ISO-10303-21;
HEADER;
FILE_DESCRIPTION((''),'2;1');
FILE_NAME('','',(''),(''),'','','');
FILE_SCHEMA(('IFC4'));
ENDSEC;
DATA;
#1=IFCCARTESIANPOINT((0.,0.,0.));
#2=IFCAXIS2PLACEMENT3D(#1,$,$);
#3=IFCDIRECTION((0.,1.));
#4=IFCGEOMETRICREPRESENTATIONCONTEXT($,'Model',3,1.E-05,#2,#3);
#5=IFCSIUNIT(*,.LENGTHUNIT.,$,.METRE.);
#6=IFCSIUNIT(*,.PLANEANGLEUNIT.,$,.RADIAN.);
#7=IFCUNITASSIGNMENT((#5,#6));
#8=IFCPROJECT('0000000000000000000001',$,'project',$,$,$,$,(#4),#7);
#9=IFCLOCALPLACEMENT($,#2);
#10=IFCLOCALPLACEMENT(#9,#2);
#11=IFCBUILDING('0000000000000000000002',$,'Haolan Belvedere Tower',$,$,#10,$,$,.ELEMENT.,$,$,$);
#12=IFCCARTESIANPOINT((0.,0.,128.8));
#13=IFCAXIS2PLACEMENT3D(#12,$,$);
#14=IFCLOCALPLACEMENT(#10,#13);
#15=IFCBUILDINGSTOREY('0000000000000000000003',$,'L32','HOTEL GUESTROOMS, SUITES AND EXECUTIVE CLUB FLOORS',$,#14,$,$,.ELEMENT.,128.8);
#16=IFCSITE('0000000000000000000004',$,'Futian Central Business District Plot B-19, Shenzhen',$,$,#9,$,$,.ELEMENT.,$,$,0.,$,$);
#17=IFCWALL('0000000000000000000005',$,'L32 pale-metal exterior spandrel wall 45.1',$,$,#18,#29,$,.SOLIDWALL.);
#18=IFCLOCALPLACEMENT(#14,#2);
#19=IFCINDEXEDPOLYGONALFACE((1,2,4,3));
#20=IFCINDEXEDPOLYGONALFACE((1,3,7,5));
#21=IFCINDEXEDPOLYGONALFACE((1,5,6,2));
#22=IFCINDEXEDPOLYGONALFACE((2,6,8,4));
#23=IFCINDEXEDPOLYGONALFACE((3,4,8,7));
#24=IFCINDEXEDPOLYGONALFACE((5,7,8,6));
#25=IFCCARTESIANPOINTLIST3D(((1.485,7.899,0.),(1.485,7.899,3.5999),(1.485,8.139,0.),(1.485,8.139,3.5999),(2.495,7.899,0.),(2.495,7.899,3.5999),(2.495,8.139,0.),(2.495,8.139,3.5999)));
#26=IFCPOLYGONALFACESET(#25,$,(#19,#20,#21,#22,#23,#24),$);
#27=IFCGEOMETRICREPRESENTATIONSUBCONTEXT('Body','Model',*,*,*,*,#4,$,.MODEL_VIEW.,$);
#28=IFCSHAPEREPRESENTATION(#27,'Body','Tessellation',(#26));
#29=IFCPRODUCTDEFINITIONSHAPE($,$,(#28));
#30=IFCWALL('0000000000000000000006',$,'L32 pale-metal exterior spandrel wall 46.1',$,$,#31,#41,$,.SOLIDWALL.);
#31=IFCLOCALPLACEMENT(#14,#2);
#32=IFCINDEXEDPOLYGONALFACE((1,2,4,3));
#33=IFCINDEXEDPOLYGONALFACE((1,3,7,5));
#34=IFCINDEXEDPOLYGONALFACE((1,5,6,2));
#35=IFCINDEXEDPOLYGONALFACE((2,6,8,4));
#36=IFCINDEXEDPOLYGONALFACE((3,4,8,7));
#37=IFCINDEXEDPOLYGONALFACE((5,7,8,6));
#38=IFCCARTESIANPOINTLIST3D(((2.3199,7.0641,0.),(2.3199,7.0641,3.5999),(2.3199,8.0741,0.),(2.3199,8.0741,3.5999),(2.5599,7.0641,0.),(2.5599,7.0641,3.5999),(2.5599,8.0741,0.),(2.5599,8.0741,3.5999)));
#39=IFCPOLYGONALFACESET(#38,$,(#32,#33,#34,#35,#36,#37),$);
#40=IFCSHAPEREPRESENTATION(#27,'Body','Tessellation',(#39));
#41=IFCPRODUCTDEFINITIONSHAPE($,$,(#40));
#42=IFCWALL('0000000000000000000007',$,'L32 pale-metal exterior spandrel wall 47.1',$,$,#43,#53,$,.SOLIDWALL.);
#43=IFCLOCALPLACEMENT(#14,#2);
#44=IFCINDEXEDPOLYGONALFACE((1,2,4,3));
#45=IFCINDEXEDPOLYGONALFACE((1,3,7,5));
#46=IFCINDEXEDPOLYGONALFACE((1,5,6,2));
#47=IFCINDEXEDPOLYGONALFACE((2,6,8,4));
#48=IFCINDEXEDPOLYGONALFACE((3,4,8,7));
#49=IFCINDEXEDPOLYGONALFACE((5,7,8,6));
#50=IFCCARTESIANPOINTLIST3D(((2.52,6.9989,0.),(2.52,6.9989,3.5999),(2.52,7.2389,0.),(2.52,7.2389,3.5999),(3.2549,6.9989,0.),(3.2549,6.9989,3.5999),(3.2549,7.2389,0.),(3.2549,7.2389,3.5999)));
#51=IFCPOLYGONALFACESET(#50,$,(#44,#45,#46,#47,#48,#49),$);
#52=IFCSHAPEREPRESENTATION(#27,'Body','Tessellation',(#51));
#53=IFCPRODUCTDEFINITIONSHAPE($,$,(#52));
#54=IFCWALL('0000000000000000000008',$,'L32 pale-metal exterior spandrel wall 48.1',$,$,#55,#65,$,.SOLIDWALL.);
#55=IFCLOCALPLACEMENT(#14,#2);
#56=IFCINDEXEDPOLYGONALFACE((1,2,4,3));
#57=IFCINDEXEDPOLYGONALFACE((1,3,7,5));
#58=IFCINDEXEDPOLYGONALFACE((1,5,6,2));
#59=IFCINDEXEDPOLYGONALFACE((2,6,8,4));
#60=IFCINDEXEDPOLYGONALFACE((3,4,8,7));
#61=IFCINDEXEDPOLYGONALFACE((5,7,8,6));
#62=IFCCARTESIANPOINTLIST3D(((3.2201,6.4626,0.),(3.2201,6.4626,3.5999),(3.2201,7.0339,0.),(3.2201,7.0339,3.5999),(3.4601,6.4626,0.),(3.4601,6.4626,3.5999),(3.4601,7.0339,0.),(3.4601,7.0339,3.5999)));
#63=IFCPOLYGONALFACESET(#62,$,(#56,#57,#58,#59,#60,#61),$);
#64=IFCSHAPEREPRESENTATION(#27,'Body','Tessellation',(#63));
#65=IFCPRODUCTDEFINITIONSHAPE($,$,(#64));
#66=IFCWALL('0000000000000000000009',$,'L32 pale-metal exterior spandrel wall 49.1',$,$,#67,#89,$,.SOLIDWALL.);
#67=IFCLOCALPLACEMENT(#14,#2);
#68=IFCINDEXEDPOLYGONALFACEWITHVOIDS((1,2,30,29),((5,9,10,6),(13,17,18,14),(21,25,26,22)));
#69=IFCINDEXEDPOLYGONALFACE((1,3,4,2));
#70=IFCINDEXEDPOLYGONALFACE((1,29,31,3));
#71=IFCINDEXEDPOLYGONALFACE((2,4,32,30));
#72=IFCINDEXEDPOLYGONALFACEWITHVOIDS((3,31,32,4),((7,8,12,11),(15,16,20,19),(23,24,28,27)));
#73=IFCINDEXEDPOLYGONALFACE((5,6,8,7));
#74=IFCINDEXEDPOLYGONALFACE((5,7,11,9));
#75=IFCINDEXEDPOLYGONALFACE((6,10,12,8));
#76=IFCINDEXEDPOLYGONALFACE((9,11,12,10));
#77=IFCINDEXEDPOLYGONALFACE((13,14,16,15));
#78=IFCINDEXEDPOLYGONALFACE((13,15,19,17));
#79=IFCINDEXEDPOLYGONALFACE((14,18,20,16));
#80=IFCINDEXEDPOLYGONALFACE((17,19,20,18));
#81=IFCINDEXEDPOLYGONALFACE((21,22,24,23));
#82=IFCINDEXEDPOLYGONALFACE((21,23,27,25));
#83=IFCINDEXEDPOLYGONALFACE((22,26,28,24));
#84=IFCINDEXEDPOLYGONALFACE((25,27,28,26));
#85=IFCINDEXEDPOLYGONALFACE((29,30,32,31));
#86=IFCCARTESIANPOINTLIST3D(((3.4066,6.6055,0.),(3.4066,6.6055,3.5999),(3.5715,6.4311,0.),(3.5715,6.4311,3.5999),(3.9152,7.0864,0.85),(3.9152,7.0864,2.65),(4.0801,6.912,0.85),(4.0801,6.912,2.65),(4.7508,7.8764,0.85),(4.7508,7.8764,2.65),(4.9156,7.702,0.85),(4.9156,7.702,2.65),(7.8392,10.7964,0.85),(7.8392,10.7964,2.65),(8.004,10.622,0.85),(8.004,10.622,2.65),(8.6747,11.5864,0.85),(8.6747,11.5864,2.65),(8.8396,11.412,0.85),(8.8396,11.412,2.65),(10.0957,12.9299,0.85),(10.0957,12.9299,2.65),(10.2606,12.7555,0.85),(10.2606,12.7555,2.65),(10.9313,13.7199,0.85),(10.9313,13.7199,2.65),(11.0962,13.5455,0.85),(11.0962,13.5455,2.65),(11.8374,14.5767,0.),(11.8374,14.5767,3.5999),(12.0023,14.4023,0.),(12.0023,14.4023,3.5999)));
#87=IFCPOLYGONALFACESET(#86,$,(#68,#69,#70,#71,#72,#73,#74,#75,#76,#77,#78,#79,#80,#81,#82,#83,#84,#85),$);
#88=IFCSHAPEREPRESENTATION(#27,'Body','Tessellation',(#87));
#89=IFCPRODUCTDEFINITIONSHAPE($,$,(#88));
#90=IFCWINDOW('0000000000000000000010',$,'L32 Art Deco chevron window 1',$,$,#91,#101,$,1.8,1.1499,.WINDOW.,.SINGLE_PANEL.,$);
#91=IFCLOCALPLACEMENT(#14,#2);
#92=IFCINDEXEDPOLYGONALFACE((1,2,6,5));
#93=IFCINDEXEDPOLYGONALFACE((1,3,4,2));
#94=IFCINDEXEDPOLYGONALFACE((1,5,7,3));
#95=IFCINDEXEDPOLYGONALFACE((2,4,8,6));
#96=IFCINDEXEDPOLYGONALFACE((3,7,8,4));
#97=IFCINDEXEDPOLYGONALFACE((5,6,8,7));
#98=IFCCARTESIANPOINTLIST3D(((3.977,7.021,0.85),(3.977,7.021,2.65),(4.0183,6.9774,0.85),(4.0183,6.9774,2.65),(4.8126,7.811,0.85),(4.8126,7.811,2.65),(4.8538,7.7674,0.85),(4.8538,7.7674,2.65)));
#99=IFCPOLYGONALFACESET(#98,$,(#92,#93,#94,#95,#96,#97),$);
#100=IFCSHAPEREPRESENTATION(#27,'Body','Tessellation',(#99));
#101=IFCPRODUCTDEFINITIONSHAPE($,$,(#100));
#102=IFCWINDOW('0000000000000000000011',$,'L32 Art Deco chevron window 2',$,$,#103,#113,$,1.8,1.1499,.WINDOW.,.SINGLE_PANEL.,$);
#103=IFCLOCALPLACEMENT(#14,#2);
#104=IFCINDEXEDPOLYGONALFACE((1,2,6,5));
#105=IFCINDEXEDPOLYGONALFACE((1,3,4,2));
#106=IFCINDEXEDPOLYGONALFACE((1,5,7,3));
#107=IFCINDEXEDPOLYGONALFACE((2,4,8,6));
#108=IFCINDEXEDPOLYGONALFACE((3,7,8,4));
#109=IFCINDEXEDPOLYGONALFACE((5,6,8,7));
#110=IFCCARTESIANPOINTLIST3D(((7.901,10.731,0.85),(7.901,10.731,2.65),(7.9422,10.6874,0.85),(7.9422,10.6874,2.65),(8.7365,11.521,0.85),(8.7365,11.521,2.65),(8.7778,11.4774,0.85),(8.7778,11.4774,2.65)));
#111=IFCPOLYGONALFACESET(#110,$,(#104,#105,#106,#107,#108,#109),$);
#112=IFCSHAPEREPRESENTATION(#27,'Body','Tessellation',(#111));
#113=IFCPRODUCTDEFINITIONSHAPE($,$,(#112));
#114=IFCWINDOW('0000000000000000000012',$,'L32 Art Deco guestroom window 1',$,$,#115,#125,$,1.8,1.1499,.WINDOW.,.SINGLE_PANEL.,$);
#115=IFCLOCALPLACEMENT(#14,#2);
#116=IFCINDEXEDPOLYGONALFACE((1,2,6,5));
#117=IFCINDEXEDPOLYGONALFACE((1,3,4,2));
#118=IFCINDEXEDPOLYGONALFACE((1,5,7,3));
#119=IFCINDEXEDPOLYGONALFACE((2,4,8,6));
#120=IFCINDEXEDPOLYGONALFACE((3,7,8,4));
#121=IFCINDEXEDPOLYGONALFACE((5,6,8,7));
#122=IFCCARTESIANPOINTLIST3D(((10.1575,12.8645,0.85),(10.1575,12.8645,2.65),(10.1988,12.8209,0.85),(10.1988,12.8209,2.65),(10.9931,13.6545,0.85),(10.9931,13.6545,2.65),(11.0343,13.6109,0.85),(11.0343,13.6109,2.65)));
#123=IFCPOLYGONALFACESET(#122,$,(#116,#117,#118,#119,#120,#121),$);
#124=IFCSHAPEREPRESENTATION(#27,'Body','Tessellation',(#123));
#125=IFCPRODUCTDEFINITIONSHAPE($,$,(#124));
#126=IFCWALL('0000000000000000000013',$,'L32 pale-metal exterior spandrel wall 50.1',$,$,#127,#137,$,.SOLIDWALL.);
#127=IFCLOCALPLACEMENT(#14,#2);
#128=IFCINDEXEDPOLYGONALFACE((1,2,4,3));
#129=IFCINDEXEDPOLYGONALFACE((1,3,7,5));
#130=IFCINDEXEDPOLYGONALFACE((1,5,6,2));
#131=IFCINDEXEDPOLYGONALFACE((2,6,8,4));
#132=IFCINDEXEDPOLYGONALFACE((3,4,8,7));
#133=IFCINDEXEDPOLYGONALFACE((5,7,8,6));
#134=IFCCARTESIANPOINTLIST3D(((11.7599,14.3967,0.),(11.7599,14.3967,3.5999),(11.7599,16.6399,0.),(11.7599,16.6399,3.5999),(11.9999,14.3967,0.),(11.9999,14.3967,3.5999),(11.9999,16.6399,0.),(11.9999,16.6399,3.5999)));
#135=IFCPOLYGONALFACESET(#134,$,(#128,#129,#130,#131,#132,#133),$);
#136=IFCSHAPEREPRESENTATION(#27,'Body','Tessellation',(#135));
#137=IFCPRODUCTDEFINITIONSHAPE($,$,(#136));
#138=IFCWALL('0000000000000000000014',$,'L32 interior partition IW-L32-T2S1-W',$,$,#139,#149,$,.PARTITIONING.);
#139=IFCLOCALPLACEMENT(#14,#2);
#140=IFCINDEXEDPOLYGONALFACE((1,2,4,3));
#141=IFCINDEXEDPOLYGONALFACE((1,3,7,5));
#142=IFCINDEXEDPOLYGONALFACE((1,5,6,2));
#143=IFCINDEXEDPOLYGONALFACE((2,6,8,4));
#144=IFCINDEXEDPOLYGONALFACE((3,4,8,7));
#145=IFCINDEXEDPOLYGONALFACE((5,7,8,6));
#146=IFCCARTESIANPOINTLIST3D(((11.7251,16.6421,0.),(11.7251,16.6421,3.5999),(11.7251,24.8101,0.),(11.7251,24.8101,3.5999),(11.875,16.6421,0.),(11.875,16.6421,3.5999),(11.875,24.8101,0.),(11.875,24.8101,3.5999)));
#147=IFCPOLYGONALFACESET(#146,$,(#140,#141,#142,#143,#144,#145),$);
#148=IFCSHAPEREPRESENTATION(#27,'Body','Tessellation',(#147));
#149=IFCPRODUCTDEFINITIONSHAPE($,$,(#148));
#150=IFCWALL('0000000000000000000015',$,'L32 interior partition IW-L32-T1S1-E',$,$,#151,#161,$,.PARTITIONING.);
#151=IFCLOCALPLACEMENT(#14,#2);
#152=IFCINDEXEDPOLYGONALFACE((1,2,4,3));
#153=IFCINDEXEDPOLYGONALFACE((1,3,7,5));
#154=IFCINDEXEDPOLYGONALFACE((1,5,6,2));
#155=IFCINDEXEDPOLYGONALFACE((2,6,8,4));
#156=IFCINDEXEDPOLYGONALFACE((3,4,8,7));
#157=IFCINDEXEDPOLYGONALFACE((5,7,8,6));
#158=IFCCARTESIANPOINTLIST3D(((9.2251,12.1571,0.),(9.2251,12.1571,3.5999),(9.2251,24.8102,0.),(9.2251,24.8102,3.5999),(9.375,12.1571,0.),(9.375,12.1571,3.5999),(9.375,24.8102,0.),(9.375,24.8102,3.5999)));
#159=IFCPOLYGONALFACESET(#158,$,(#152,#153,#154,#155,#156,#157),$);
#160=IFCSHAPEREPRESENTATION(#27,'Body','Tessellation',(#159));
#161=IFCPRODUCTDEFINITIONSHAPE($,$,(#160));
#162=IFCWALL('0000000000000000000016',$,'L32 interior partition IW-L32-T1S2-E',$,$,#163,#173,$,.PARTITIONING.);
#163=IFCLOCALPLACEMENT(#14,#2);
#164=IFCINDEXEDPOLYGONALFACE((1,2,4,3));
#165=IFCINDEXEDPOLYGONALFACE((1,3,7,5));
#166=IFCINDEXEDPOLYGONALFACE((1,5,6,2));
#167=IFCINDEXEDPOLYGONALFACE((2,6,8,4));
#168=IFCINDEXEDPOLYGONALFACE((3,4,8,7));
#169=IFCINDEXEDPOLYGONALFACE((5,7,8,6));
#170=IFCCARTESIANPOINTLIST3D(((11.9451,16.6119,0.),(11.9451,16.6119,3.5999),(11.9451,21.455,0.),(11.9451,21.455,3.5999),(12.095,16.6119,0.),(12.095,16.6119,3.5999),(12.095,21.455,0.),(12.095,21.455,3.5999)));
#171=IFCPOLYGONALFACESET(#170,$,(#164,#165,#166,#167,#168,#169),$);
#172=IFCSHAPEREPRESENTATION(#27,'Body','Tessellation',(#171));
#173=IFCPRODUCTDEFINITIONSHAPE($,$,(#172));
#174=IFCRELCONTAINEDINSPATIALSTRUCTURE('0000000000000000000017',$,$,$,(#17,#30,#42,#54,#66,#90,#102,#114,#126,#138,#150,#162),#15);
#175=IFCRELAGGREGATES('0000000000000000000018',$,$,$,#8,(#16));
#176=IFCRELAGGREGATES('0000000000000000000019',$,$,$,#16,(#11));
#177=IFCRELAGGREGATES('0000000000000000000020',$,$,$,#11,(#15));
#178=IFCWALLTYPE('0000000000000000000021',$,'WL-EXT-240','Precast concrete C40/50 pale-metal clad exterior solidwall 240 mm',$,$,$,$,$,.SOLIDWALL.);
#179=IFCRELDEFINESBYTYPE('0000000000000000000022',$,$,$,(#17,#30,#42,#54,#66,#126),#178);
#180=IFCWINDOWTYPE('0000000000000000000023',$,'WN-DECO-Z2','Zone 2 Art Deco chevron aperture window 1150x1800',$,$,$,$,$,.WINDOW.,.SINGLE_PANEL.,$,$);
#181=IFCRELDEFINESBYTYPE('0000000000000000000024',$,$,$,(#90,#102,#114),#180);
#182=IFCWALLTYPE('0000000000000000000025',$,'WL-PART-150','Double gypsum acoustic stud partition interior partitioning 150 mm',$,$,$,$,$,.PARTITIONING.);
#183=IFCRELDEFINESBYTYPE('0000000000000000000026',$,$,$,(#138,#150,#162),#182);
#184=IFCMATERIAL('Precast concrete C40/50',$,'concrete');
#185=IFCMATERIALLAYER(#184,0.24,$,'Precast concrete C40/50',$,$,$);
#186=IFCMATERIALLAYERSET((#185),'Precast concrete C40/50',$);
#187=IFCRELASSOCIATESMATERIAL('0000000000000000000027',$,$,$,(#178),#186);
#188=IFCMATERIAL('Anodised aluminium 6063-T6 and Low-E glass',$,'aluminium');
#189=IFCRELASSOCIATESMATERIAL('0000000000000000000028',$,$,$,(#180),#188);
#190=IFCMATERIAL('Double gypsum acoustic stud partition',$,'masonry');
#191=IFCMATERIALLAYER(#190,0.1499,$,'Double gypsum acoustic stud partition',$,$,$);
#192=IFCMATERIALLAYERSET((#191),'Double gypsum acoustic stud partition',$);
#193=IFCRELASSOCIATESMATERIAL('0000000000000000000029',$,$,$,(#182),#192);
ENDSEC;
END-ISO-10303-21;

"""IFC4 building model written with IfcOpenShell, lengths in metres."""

from ifc_helpers import new_model, si_unit, direction, frame, frame_2d, origin, place, context, subcontext, project, spatial, rectangle, extrude, material, layer, layer_set, type_object, element, fill, save


model = new_model("IFC4")

# Units and contexts
model_context = context("Model", 3, precision=1e-05, world=origin(), true_north=direction((0.0, 1.0)))
body_context = subcontext(model_context, "Body", "Model", "MODEL_VIEW")
ifc_project = project(units=[si_unit("LENGTHUNIT", "METRE"), si_unit("PLANEANGLEUNIT", "RADIAN")], contexts=[model_context])

# Site, building, storey
site_placement = place(None, origin())
site = spatial("IfcSite", under=ifc_project, at=site_placement, Name="Futian Central Business District Plot B-19, Shenzhen", CompositionType="ELEMENT", RefElevation=0.0)
building_placement = place(site_placement, origin())
building = spatial("IfcBuilding", under=site, at=building_placement, Name="Haolan Belvedere Tower", CompositionType="ELEMENT")
storey_placement = place(building_placement, frame((0.0, 0.0, 128.8)))
storey = spatial("IfcBuildingStorey", under=building, at=storey_placement, Name="L32", Description="HOTEL GUESTROOMS, SUITES AND EXECUTIVE CLUB FLOORS", CompositionType="ELEMENT", Elevation=128.8)

# Walls
ifc_material_1 = material(Name="Precast concrete C40/50", Category="concrete")
ifc_layer_1 = layer(ifc_material_1, 0.24, Name="Precast concrete C40/50")
ifc_layer_set_1 = layer_set([ifc_layer_1], Name="Precast concrete C40/50")
wall_type_1 = type_object("IfcWallType", Name="WL-EXT-240", Description="Precast concrete C40/50 pale-metal clad exterior solidwall 240 mm", PredefinedType="SOLIDWALL", material=ifc_layer_set_1)
for number, where, z_axis, x_axis, name in (
    (1, (1.4851, 8.019, 0.0), (0.0, 0.0, 1.0), (1.0, 0.0, 0.0), "L32 pale-metal exterior spandrel wall 45.1"),
    (2, (2.4399, 8.074, 0.0), (0.0, 0.0, 1.0), (0.0, -1.0, 0.0), "L32 pale-metal exterior spandrel wall 46.1"),
):
    element("IfcWall", number, at=place(storey_placement, frame(where, z_axis=z_axis, x_axis=x_axis)), inside=storey, type_object=wall_type_1, Name=name, PredefinedType="SOLIDWALL", context=body_context, shape_type="SweptSolid", body=[
        extrude(rectangle(XDim=1.01, YDim=0.24, at=frame_2d((0.5049, 0.0))), origin(), (0.0, 0.0, 1.0), 3.5999),
    ])
wall_1_placement = place(storey_placement, frame((2.52, 7.1189, 0.0), z_axis=(0.0, 0.0, 1.0), x_axis=(1.0, 0.0, 0.0)))
element("IfcWall", 3, at=wall_1_placement, inside=storey, type_object=wall_type_1, Name="L32 pale-metal exterior spandrel wall 47.1", PredefinedType="SOLIDWALL", context=body_context, shape_type="SweptSolid", body=[
    extrude(rectangle(XDim=0.7349, YDim=0.24, at=frame_2d((0.3674, 0.0))), origin(), (0.0, 0.0, 1.0), 3.5999),
])
wall_2_placement = place(storey_placement, frame((3.3401, 7.0339, 0.0), z_axis=(0.0, 0.0, 1.0), x_axis=(0.0, -1.0, 0.0)))
element("IfcWall", 4, at=wall_2_placement, inside=storey, type_object=wall_type_1, Name="L32 pale-metal exterior spandrel wall 48.1", PredefinedType="SOLIDWALL", context=body_context, shape_type="SweptSolid", body=[
    extrude(rectangle(XDim=0.5713, YDim=0.24, at=frame_2d((0.2856, 0.0))), origin(), (0.0, 0.0, 1.0), 3.5999),
])

# Wall, openings, windows
wall_3_placement = place(storey_placement, frame((3.489, 6.5183, 0.0), z_axis=(0.0, 0.0, 1.0), x_axis=(0.72664, 0.687018, 0.0)))
wall_3 = element("IfcWall", 5, at=wall_3_placement, inside=storey, type_object=wall_type_1, Name="L32 pale-metal exterior spandrel wall 49.1", PredefinedType="SOLIDWALL", context=body_context, shape_type="SweptSolid", body=[
    extrude(rectangle(XDim=11.6025, YDim=0.24, at=frame_2d((5.8013, 0.0))), origin(), (0.0, 0.0, 1.0), 3.5999),
])
opening_1_placement = place(wall_3_placement, frame((0.7, 0.0, 0.8501)))
opening_1 = element("IfcOpeningElement", 6, at=opening_1_placement, cuts=wall_3, PredefinedType="OPENING", context=body_context, shape_type="SweptSolid", body=[
    extrude(rectangle(XDim=1.1499, YDim=1.8, at=frame_2d((0.575, 0.8999))), frame((0.0, 0.1299, 0.0), z_axis=(0.0, -1.0, 0.0), x_axis=(1.0, 0.0, 0.0)), (0.0, 0.0, 1.0), 0.26),
])
opening_2_placement = place(wall_3_placement, frame((6.1001, 0.0, 0.8501)))
opening_2 = element("IfcOpeningElement", 7, at=opening_2_placement, cuts=wall_3, PredefinedType="OPENING", context=body_context, shape_type="SweptSolid", body=[
    extrude(rectangle(XDim=1.1499, YDim=1.8, at=frame_2d((0.575, 0.8999))), frame((0.0, 0.1299, 0.0), z_axis=(0.0, -1.0, 0.0), x_axis=(1.0, 0.0, 0.0)), (0.0, 0.0, 1.0), 0.26),
])
opening_3_placement = place(wall_3_placement, frame((9.2056, 0.0, 0.8501)))
opening_3 = element("IfcOpeningElement", 8, at=opening_3_placement, cuts=wall_3, PredefinedType="OPENING", context=body_context, shape_type="SweptSolid", body=[
    extrude(rectangle(XDim=1.1499, YDim=1.8, at=frame_2d((0.575, 0.8999))), frame((0.0, 0.1299, 0.0), z_axis=(0.0, -1.0, 0.0), x_axis=(1.0, 0.0, 0.0)), (0.0, 0.0, 1.0), 0.26),
])
ifc_material_2 = material(Name="Anodised aluminium 6063-T6 and Low-E glass", Category="aluminium")
window_type = type_object("IfcWindowType", Name="WN-DECO-Z2", Description="Zone 2 Art Deco chevron aperture window 1150x1800", PartitioningType="SINGLE_PANEL", PredefinedType="WINDOW", material=ifc_material_2)
window_1_placement = place(opening_1_placement, origin())
window_1 = element("IfcWindow", 9, at=window_1_placement, inside=storey, type_object=window_type, Name="L32 Art Deco chevron window 1", OverallHeight=1.8, OverallWidth=1.1499, PartitioningType="SINGLE_PANEL", PredefinedType="WINDOW", context=body_context, shape_type="SweptSolid", body=[
    extrude(rectangle(XDim=1.1499, YDim=1.8, at=frame_2d((0.575, 0.8999))), frame((0.0, 0.03, 0.0), z_axis=(0.0, -1.0, 0.0), x_axis=(1.0, 0.0, 0.0)), (0.0, 0.0, 1.0), 0.0601),
])
fill(opening_1, window_1)
window_2_placement = place(opening_2_placement, origin())
window_2 = element("IfcWindow", 10, at=window_2_placement, inside=storey, type_object=window_type, Name="L32 Art Deco chevron window 2", OverallHeight=1.8, OverallWidth=1.1499, PartitioningType="SINGLE_PANEL", PredefinedType="WINDOW", context=body_context, shape_type="SweptSolid", body=[
    extrude(rectangle(XDim=1.1499, YDim=1.8, at=frame_2d((0.575, 0.8999))), frame((0.0, 0.03, 0.0), z_axis=(0.0, -1.0, 0.0), x_axis=(1.0, 0.0, 0.0)), (0.0, 0.0, 1.0), 0.0601),
])
fill(opening_2, window_2)
window_3_placement = place(opening_3_placement, origin())
window_3 = element("IfcWindow", 11, at=window_3_placement, inside=storey, type_object=window_type, Name="L32 Art Deco guestroom window 1", OverallHeight=1.8, OverallWidth=1.1499, PartitioningType="SINGLE_PANEL", PredefinedType="WINDOW", context=body_context, shape_type="SweptSolid", body=[
    extrude(rectangle(XDim=1.1499, YDim=1.8, at=frame_2d((0.575, 0.8999))), frame((0.0, 0.03, 0.0), z_axis=(0.0, -1.0, 0.0), x_axis=(1.0, 0.0, 0.0)), (0.0, 0.0, 1.0), 0.0601),
])
fill(opening_3, window_3)

# Walls
wall_4_placement = place(storey_placement, frame((11.8799, 14.3967, 0.0), z_axis=(0.0, 0.0, 1.0), x_axis=(0.0, 1.0, 0.0)))
element("IfcWall", 12, at=wall_4_placement, inside=storey, type_object=wall_type_1, Name="L32 pale-metal exterior spandrel wall 50.1", PredefinedType="SOLIDWALL", context=body_context, shape_type="SweptSolid", body=[
    extrude(rectangle(XDim=2.2432, YDim=0.24, at=frame_2d((1.1216, 0.0))), origin(), (0.0, 0.0, 1.0), 3.5999),
])
ifc_material_3 = material(Name="Double gypsum acoustic stud partition", Category="masonry")
ifc_layer_2 = layer(ifc_material_3, 0.1499, Name="Double gypsum acoustic stud partition")
ifc_layer_set_2 = layer_set([ifc_layer_2], Name="Double gypsum acoustic stud partition")
wall_type_2 = type_object("IfcWallType", Name="WL-PART-150", Description="Double gypsum acoustic stud partition interior partitioning 150 mm", PredefinedType="PARTITIONING", material=ifc_layer_set_2)
wall_5_placement = place(storey_placement, frame((11.8, 16.6421, 0.0), z_axis=(0.0, 0.0, 1.0), x_axis=(0.0, 1.0, 0.0)))
element("IfcWall", 13, at=wall_5_placement, inside=storey, type_object=wall_type_2, Name="L32 interior partition IW-L32-T2S1-W", PredefinedType="PARTITIONING", context=body_context, shape_type="SweptSolid", body=[
    extrude(rectangle(XDim=8.168, YDim=0.1499, at=frame_2d((4.084, 0.0))), origin(), (0.0, 0.0, 1.0), 3.5999),
])
wall_6_placement = place(storey_placement, frame((9.3, 12.157, 0.0), z_axis=(0.0, 0.0, 1.0), x_axis=(0.0, 1.0, 0.0)))
element("IfcWall", 14, at=wall_6_placement, inside=storey, type_object=wall_type_2, Name="L32 interior partition IW-L32-T1S1-E", PredefinedType="PARTITIONING", context=body_context, shape_type="SweptSolid", body=[
    extrude(rectangle(XDim=12.6531, YDim=0.1499, at=frame_2d((6.3267, 0.0))), origin(), (0.0, 0.0, 1.0), 3.5999),
])
wall_7_placement = place(storey_placement, frame((12.02, 16.6121, 0.0), z_axis=(0.0, 0.0, 1.0), x_axis=(0.0, 1.0, 0.0)))
element("IfcWall", 15, at=wall_7_placement, inside=storey, type_object=wall_type_2, Name="L32 interior partition IW-L32-T1S2-E", PredefinedType="PARTITIONING", context=body_context, shape_type="SweptSolid", body=[
    extrude(rectangle(XDim=4.843, YDim=0.1499, at=frame_2d((2.4214, 0.0))), origin(), (0.0, 0.0, 1.0), 3.5999),
])

save(model, "model.ifc")
